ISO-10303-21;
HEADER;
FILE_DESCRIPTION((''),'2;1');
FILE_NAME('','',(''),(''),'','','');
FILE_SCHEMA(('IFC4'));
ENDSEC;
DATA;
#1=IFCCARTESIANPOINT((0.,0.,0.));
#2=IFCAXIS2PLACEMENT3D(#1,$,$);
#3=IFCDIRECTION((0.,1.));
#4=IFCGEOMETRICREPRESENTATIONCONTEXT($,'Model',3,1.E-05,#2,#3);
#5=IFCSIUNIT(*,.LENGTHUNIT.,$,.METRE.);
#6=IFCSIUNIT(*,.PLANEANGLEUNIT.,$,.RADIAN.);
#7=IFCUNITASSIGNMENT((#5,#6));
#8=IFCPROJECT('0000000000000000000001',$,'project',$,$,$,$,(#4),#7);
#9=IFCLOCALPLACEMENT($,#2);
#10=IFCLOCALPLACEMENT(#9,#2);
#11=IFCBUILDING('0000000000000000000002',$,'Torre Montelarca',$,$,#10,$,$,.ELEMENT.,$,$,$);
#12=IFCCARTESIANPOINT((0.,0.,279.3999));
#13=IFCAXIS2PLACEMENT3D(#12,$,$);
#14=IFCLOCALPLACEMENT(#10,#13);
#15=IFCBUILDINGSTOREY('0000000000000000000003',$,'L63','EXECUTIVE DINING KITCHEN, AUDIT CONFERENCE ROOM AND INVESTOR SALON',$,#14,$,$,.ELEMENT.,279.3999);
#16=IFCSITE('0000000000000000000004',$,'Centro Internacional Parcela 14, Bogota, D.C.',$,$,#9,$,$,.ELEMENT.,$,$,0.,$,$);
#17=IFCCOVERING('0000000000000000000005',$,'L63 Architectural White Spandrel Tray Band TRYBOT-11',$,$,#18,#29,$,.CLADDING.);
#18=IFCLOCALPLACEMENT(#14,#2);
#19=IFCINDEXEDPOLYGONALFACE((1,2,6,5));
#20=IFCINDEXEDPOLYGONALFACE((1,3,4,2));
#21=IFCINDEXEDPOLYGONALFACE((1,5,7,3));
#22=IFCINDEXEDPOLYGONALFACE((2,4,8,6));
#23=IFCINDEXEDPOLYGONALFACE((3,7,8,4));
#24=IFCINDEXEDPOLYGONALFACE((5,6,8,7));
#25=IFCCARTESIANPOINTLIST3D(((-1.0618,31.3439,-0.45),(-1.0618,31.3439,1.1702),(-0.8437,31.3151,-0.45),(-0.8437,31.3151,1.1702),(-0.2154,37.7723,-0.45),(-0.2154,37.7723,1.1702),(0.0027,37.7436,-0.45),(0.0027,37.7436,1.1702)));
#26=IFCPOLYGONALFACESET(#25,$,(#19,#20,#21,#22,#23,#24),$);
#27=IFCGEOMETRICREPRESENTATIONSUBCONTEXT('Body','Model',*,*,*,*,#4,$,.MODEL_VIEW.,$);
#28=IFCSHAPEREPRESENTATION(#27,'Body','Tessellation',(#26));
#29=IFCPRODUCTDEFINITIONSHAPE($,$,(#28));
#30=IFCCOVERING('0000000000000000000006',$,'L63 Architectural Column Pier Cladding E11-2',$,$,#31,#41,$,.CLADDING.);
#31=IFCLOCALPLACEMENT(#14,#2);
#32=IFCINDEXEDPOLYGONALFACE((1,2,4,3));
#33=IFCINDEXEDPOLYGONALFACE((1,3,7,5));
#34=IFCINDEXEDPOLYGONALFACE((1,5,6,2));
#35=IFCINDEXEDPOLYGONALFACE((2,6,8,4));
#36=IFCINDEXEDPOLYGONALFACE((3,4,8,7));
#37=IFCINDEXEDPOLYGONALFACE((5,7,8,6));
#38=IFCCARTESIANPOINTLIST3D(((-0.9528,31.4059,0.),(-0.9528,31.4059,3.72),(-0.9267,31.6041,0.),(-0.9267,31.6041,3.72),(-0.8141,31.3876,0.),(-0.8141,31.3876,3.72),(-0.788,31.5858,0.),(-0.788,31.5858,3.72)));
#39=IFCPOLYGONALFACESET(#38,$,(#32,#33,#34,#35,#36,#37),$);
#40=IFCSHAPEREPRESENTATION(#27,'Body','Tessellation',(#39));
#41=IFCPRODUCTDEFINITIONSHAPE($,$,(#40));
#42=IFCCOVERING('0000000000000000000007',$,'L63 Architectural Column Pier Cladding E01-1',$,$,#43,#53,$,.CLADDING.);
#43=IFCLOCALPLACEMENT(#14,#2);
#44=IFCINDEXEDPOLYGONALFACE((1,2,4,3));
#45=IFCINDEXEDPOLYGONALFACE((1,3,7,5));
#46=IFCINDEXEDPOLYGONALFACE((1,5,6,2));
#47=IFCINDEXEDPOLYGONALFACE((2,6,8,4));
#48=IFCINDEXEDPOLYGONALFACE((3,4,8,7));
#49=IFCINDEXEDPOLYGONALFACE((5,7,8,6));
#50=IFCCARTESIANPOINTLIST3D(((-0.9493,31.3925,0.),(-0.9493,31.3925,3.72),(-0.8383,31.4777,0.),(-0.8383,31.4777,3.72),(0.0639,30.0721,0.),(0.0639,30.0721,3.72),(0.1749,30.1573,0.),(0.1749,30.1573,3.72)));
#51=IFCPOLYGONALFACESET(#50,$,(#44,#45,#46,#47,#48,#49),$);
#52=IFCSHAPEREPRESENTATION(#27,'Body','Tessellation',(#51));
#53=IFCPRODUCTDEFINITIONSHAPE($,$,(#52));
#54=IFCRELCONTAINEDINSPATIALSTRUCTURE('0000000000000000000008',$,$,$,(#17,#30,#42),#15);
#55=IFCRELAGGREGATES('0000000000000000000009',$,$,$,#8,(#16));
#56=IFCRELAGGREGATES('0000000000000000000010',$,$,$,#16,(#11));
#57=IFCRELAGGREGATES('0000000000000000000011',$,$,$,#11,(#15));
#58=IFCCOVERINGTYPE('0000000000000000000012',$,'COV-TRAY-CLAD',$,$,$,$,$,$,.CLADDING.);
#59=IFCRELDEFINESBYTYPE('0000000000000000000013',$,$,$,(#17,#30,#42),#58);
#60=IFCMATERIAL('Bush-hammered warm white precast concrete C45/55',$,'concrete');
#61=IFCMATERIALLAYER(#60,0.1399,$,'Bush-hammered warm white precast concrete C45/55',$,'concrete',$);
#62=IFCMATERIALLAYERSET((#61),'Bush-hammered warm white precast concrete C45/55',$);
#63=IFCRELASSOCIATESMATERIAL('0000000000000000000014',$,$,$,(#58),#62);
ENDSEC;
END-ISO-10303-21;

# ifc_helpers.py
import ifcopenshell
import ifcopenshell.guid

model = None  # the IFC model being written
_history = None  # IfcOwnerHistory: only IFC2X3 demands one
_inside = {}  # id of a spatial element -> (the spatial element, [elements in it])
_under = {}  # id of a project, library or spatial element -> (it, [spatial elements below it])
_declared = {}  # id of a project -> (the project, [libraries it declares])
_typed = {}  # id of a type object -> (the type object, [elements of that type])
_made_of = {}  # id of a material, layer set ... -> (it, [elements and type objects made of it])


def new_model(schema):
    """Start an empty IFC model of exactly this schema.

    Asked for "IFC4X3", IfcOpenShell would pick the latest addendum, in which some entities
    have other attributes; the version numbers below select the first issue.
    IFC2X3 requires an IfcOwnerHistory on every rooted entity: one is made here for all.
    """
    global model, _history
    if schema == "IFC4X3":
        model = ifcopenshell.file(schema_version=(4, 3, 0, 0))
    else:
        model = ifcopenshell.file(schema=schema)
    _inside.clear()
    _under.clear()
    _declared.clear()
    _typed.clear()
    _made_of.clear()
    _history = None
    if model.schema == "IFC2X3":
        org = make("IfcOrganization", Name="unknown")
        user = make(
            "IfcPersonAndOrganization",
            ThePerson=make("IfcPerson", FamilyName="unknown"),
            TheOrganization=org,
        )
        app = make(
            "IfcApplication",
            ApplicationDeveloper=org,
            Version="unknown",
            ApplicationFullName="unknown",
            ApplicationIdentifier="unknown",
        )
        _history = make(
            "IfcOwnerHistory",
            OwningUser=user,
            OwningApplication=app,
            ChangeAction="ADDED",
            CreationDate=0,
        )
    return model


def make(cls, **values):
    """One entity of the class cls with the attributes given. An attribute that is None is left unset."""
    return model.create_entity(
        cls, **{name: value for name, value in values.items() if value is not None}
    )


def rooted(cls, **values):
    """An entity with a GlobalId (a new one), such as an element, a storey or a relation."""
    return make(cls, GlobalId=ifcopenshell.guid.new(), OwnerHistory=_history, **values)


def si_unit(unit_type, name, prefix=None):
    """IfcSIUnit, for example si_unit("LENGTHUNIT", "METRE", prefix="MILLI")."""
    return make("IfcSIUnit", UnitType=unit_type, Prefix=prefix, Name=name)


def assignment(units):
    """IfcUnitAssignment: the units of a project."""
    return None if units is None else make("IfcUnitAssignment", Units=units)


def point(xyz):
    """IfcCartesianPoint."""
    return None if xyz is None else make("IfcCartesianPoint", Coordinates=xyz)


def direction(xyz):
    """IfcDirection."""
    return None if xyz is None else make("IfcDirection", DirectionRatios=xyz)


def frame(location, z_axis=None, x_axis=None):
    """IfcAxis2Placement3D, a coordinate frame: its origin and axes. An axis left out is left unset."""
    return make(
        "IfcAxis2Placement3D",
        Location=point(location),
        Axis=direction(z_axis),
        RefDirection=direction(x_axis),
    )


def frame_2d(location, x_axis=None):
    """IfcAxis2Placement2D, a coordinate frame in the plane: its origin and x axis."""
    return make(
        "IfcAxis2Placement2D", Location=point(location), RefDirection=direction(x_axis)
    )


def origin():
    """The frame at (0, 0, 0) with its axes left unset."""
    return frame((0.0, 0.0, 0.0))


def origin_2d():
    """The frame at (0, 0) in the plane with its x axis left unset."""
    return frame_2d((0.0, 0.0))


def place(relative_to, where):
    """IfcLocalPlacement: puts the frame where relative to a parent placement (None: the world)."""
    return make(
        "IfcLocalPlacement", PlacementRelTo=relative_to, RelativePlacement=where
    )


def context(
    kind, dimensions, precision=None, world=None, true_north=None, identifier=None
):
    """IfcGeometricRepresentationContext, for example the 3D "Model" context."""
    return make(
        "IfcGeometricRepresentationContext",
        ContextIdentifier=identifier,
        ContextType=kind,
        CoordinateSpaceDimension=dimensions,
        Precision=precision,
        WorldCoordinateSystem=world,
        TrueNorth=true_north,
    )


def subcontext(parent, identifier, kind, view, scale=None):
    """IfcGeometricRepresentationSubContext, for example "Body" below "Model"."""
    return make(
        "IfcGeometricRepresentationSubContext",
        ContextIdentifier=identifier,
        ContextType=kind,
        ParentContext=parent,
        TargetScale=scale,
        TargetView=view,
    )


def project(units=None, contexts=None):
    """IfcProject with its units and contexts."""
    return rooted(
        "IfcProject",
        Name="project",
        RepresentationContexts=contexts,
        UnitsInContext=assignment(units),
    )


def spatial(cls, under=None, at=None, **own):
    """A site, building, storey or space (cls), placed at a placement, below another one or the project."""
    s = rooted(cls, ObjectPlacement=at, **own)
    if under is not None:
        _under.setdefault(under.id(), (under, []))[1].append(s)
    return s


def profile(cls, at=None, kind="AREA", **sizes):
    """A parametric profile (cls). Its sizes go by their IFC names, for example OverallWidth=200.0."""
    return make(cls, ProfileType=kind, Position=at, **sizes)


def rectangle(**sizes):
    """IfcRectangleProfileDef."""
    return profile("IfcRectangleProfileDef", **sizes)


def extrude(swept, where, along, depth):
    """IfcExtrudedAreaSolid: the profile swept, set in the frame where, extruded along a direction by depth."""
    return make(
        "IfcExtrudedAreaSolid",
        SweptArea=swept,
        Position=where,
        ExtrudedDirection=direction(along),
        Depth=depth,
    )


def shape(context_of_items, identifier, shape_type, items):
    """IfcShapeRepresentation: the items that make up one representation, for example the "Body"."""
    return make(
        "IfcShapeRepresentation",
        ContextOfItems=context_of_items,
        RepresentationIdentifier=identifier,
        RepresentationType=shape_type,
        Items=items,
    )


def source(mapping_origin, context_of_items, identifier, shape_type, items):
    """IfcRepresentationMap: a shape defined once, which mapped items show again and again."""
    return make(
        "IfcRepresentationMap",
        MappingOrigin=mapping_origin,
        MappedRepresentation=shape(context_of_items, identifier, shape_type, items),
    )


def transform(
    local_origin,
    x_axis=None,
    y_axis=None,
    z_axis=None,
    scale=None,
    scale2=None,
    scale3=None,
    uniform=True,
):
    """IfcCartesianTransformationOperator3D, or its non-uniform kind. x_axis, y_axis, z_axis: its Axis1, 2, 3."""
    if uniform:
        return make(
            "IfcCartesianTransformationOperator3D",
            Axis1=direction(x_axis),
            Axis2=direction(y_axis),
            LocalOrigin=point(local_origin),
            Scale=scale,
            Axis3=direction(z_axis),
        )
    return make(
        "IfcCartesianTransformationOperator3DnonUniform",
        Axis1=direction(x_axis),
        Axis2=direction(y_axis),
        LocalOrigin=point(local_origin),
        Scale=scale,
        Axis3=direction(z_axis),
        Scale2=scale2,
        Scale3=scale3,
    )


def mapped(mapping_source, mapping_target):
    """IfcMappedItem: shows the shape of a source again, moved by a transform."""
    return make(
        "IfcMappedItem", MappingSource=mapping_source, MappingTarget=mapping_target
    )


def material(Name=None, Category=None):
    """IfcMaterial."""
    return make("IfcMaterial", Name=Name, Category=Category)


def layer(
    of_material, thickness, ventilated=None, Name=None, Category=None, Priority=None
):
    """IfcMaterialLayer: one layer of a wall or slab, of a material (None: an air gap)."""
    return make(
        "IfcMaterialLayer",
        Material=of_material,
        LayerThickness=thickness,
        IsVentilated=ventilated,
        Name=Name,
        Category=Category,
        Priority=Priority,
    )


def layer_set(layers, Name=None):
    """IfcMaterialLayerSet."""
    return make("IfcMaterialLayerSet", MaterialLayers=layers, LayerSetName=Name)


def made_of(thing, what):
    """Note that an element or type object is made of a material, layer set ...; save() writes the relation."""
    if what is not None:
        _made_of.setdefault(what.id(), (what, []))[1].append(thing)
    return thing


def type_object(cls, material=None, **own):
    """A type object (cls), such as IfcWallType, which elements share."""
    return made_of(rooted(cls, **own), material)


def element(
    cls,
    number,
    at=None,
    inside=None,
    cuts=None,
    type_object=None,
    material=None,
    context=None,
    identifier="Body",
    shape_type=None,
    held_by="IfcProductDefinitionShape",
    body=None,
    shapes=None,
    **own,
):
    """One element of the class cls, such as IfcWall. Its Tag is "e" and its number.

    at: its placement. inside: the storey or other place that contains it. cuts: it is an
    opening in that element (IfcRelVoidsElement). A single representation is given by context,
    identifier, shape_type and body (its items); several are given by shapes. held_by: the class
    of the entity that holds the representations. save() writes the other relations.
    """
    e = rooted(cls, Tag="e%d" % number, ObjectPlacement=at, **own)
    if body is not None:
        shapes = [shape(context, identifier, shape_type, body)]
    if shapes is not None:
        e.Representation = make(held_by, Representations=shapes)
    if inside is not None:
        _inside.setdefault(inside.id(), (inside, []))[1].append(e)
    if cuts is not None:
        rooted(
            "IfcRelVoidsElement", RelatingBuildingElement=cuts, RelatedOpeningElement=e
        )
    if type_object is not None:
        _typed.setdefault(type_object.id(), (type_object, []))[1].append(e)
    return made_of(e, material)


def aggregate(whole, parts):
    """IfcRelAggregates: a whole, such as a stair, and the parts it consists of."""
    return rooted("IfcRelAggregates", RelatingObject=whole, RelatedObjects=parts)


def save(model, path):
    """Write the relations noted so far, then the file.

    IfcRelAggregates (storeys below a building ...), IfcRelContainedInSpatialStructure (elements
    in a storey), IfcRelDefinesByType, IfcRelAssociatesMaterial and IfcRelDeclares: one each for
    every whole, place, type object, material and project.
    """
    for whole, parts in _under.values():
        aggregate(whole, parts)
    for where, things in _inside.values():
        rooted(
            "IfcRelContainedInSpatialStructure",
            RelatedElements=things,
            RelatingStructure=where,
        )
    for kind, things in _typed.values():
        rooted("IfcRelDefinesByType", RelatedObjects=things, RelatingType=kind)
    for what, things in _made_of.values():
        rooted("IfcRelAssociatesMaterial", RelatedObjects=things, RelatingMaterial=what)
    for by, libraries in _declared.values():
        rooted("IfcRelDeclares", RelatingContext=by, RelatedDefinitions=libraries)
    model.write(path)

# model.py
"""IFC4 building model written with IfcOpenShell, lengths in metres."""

from ifc_helpers import new_model, si_unit, direction, frame, origin, origin_2d, place, context, subcontext, project, spatial, rectangle, extrude, source, transform, mapped, material, layer, layer_set, type_object, element, save


model = new_model("IFC4")

# Units and contexts
model_context = context("Model", 3, precision=1e-05, world=origin(), true_north=direction((0.0, 1.0)))
body_context = subcontext(model_context, "Body", "Model", "MODEL_VIEW")
ifc_project = project(units=[si_unit("LENGTHUNIT", "METRE"), si_unit("PLANEANGLEUNIT", "RADIAN")], contexts=[model_context])

# Site, building, storey
site_placement = place(None, origin())
site = spatial("IfcSite", under=ifc_project, at=site_placement, Name="Centro Internacional Parcela 14, Bogota, D.C.", CompositionType="ELEMENT", RefElevation=0.0)
building_placement = place(site_placement, origin())
building = spatial("IfcBuilding", under=site, at=building_placement, Name="Torre Montelarca", CompositionType="ELEMENT")
storey_placement = place(building_placement, frame((0.0, 0.0, 279.3999)))
storey = spatial("IfcBuildingStorey", under=building, at=storey_placement, Name="L63", Description="EXECUTIVE DINING KITCHEN, AUDIT CONFERENCE ROOM AND INVESTOR SALON", CompositionType="ELEMENT", Elevation=279.3999)

# Coverings
ifc_material_1 = material(Name="Bush-hammered warm white precast concrete C45/55", Category="concrete")
ifc_layer_1 = layer(ifc_material_1, 0.1399, Name="Bush-hammered warm white precast concrete C45/55", Category="concrete")
ifc_layer_set_1 = layer_set([ifc_layer_1], Name="Bush-hammered warm white precast concrete C45/55")
covering_type = type_object("IfcCoveringType", Name="COV-TRAY-CLAD", PredefinedType="CLADDING", material=ifc_layer_set_1)
shared_shape_1 = source(origin(), body_context, "Body", "SweptSolid", [
    extrude(rectangle(XDim=6.4839, YDim=0.22, at=origin_2d()), origin(), (0.0, 0.0, 1.0), 1.6201),
])
covering_1_placement = place(storey_placement, frame((-0.5295, 34.5437, -0.45), z_axis=(0.0, 0.0, 1.0), x_axis=(-0.130531, -0.991444, 0.0)))
element("IfcCovering", 1, at=covering_1_placement, inside=storey, type_object=covering_type, Name="L63 Architectural White Spandrel Tray Band TRYBOT-11", PredefinedType="CLADDING", context=body_context, shape_type="MappedRepresentation", body=[
    mapped(shared_shape_1, transform((0.0, 0.0, 0.0), scale=1.0)),
])
shared_shape_2 = source(origin(), body_context, "Body", "SweptSolid", [
    extrude(rectangle(XDim=0.2, YDim=0.1399, at=origin_2d()), origin(), (0.0, 0.0, 1.0), 3.72),
])
covering_2_placement = place(storey_placement, frame((-0.8704, 31.4958, 0.0), z_axis=(0.0, 0.0, 1.0), x_axis=(-0.130531, -0.991444, 0.0)))
element("IfcCovering", 2, at=covering_2_placement, inside=storey, type_object=covering_type, Name="L63 Architectural Column Pier Cladding E11-2", PredefinedType="CLADDING", context=body_context, shape_type="MappedRepresentation", body=[
    mapped(shared_shape_2, transform((0.0, 0.0, 0.0), scale=1.0)),
])
shared_shape_3 = source(origin(), body_context, "Body", "SweptSolid", [
    extrude(rectangle(XDim=1.6643, YDim=0.1399, at=origin_2d()), origin(), (0.0, 0.0, 1.0), 3.72),
])
covering_3_placement = place(storey_placement, frame((-0.3872, 30.7749, 0.0), z_axis=(0.0, 0.0, 1.0), x_axis=(0.608766, -0.79335, 0.0)))
element("IfcCovering", 3, at=covering_3_placement, inside=storey, type_object=covering_type, Name="L63 Architectural Column Pier Cladding E01-1", PredefinedType="CLADDING", context=body_context, shape_type="MappedRepresentation", body=[
    mapped(shared_shape_3, transform((0.0, 0.0, 0.0), scale=1.0)),
])

save(model, "model.ifc")
